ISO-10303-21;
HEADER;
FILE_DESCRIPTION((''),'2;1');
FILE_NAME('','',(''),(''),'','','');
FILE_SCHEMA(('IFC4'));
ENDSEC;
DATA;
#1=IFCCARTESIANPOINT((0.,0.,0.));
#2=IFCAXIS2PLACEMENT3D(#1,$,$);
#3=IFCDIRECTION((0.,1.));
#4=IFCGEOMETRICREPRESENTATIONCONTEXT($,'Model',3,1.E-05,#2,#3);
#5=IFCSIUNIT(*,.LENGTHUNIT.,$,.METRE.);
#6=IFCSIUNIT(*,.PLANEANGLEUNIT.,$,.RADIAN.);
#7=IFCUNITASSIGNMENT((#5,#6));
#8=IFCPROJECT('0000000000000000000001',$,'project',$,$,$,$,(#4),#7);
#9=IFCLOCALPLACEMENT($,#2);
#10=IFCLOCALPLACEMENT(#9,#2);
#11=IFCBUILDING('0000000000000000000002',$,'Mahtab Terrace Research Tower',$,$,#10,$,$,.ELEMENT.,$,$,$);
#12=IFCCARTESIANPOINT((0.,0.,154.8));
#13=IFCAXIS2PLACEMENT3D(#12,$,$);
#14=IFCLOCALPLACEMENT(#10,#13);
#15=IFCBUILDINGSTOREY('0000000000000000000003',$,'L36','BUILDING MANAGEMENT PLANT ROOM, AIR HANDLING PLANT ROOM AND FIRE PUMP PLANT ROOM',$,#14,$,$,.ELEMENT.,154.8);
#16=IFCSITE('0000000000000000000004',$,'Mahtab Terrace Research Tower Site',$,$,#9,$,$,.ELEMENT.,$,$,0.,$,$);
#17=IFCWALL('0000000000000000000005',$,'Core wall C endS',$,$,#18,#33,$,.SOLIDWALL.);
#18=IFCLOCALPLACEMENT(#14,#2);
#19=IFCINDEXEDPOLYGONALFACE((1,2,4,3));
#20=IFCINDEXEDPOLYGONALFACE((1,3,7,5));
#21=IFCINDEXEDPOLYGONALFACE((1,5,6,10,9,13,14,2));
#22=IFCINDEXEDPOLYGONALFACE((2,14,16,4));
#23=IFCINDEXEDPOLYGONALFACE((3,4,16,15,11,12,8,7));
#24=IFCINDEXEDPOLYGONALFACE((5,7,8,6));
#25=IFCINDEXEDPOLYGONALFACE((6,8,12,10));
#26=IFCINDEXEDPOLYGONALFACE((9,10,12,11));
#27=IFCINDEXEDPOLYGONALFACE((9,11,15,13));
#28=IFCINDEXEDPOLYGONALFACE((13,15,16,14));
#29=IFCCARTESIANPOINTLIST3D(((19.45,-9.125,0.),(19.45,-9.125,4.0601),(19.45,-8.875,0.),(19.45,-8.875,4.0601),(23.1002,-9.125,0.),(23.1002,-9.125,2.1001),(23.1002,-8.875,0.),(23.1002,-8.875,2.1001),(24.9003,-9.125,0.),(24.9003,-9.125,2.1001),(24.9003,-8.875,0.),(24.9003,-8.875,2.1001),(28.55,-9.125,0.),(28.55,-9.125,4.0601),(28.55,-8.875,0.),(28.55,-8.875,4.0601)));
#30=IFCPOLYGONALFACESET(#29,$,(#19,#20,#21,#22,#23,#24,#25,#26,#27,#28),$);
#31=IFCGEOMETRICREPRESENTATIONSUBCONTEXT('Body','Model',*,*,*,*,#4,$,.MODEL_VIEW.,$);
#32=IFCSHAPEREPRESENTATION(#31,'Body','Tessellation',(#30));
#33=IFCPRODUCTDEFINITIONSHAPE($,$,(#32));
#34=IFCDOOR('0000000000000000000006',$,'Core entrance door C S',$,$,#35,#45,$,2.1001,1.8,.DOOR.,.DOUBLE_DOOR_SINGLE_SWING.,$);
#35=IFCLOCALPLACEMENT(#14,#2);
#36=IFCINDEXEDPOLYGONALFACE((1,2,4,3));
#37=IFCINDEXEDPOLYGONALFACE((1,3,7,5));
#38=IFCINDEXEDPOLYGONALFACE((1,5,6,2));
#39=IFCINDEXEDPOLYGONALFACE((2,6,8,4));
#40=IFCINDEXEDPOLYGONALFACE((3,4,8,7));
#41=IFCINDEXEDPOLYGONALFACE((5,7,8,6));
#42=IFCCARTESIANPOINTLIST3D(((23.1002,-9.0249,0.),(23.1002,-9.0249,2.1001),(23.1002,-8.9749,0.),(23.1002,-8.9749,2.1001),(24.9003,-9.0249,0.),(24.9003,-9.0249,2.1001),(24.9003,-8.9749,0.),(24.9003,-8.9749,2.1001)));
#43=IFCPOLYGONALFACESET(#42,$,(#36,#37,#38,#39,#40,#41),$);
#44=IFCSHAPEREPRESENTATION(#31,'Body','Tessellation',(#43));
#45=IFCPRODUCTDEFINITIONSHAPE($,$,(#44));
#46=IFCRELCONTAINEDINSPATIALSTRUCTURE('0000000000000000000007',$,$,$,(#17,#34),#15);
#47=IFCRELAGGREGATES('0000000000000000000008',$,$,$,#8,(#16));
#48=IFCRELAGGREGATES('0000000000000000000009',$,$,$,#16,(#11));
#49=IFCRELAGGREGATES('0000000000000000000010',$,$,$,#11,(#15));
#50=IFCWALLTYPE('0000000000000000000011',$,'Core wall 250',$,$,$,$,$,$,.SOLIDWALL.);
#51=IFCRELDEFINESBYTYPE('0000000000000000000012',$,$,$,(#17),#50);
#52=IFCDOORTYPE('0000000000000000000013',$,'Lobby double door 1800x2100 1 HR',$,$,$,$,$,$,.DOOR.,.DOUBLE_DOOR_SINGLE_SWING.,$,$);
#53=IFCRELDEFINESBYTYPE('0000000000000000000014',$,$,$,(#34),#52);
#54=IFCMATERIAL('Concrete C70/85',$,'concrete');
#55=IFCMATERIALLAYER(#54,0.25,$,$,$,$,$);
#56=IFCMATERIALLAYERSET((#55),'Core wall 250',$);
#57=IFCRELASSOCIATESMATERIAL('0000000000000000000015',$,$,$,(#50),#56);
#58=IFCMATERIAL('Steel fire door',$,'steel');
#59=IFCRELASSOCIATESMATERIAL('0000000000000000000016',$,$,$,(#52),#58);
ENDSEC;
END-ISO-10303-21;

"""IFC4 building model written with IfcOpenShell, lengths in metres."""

from ifc_helpers import new_model, si_unit, direction, frame, frame_2d, origin, place, context, subcontext, project, spatial, rectangle, extrude, material, layer, layer_set, type_object, element, fill, save


model = new_model("IFC4")

# Units and contexts
model_context = context("Model", 3, precision=1e-05, world=origin(), true_north=direction((0.0, 1.0)))
body_context = subcontext(model_context, "Body", "Model", "MODEL_VIEW")
ifc_project = project(units=[si_unit("LENGTHUNIT", "METRE"), si_unit("PLANEANGLEUNIT", "RADIAN")], contexts=[model_context])

# Site, building, storey
site_placement = place(None, origin())
site = spatial("IfcSite", under=ifc_project, at=site_placement, Name="Mahtab Terrace Research Tower Site", CompositionType="ELEMENT", RefElevation=0.0)
building_placement = place(site_placement, origin())
building = spatial("IfcBuilding", under=site, at=building_placement, Name="Mahtab Terrace Research Tower", CompositionType="ELEMENT")
storey_placement = place(building_placement, frame((0.0, 0.0, 154.8)))
storey = spatial("IfcBuildingStorey", under=building, at=storey_placement, Name="L36", Description="BUILDING MANAGEMENT PLANT ROOM, AIR HANDLING PLANT ROOM AND FIRE PUMP PLANT ROOM", CompositionType="ELEMENT", Elevation=154.8)

# Shared definitions
ifc_material_1 = material(Name="Concrete C70/85", Category="concrete")

# Shared definitions
ifc_layer_1 = layer(ifc_material_1, 0.25)
ifc_layer_set_1 = layer_set([ifc_layer_1], Name="Core wall 250")
wall_type_1 = type_object("IfcWallType", Name="Core wall 250", PredefinedType="SOLIDWALL", material=ifc_layer_set_1)
ifc_material_2 = material(Name="Steel fire door", Category="steel")

# Wall, opening, door
wall_1_placement = place(storey_placement, frame((28.55, -9.0, 0.0), z_axis=(0.0, 0.0, 1.0), x_axis=(-1.0, 0.0, 0.0)))
wall_1 = element("IfcWall", 1, at=wall_1_placement, inside=storey, type_object=wall_type_1, Name="Core wall C endS", PredefinedType="SOLIDWALL", context=body_context, shape_type="SweptSolid", body=[
    extrude(rectangle(XDim=9.1001, YDim=0.25, at=frame_2d((4.55, 0.0))), origin(), (0.0, 0.0, 1.0), 4.0601),
])
opening_1_placement = place(wall_1_placement, frame((3.6499, 0.0, 0.0)))
opening_1 = element("IfcOpeningElement", 2, at=opening_1_placement, cuts=wall_1, PredefinedType="OPENING", context=body_context, shape_type="SweptSolid", body=[
    extrude(rectangle(XDim=1.8, YDim=2.1001, at=frame_2d((0.8999, 1.05))), frame((0.0, 0.135, 0.0), z_axis=(0.0, -1.0, 0.0), x_axis=(1.0, 0.0, 0.0)), (0.0, 0.0, 1.0), 0.27),
])
door_type_1 = type_object("IfcDoorType", Name="Lobby double door 1800x2100 1 HR", OperationType="DOUBLE_DOOR_SINGLE_SWING", PredefinedType="DOOR", material=ifc_material_2)
door_1_placement = place(opening_1_placement, origin())
door_1 = element("IfcDoor", 3, at=door_1_placement, inside=storey, type_object=door_type_1, Name="Core entrance door C S", OperationType="DOUBLE_DOOR_SINGLE_SWING", OverallHeight=2.1001, OverallWidth=1.8, PredefinedType="DOOR", context=body_context, shape_type="SweptSolid", body=[
    extrude(rectangle(XDim=1.8, YDim=2.1001, at=frame_2d((0.8999, 1.05))), frame((0.0, 0.0249, 0.0), z_axis=(0.0, -1.0, 0.0), x_axis=(1.0, 0.0, 0.0)), (0.0, 0.0, 1.0), 0.05),
])
fill(opening_1, door_1)

save(model, "model.ifc")
